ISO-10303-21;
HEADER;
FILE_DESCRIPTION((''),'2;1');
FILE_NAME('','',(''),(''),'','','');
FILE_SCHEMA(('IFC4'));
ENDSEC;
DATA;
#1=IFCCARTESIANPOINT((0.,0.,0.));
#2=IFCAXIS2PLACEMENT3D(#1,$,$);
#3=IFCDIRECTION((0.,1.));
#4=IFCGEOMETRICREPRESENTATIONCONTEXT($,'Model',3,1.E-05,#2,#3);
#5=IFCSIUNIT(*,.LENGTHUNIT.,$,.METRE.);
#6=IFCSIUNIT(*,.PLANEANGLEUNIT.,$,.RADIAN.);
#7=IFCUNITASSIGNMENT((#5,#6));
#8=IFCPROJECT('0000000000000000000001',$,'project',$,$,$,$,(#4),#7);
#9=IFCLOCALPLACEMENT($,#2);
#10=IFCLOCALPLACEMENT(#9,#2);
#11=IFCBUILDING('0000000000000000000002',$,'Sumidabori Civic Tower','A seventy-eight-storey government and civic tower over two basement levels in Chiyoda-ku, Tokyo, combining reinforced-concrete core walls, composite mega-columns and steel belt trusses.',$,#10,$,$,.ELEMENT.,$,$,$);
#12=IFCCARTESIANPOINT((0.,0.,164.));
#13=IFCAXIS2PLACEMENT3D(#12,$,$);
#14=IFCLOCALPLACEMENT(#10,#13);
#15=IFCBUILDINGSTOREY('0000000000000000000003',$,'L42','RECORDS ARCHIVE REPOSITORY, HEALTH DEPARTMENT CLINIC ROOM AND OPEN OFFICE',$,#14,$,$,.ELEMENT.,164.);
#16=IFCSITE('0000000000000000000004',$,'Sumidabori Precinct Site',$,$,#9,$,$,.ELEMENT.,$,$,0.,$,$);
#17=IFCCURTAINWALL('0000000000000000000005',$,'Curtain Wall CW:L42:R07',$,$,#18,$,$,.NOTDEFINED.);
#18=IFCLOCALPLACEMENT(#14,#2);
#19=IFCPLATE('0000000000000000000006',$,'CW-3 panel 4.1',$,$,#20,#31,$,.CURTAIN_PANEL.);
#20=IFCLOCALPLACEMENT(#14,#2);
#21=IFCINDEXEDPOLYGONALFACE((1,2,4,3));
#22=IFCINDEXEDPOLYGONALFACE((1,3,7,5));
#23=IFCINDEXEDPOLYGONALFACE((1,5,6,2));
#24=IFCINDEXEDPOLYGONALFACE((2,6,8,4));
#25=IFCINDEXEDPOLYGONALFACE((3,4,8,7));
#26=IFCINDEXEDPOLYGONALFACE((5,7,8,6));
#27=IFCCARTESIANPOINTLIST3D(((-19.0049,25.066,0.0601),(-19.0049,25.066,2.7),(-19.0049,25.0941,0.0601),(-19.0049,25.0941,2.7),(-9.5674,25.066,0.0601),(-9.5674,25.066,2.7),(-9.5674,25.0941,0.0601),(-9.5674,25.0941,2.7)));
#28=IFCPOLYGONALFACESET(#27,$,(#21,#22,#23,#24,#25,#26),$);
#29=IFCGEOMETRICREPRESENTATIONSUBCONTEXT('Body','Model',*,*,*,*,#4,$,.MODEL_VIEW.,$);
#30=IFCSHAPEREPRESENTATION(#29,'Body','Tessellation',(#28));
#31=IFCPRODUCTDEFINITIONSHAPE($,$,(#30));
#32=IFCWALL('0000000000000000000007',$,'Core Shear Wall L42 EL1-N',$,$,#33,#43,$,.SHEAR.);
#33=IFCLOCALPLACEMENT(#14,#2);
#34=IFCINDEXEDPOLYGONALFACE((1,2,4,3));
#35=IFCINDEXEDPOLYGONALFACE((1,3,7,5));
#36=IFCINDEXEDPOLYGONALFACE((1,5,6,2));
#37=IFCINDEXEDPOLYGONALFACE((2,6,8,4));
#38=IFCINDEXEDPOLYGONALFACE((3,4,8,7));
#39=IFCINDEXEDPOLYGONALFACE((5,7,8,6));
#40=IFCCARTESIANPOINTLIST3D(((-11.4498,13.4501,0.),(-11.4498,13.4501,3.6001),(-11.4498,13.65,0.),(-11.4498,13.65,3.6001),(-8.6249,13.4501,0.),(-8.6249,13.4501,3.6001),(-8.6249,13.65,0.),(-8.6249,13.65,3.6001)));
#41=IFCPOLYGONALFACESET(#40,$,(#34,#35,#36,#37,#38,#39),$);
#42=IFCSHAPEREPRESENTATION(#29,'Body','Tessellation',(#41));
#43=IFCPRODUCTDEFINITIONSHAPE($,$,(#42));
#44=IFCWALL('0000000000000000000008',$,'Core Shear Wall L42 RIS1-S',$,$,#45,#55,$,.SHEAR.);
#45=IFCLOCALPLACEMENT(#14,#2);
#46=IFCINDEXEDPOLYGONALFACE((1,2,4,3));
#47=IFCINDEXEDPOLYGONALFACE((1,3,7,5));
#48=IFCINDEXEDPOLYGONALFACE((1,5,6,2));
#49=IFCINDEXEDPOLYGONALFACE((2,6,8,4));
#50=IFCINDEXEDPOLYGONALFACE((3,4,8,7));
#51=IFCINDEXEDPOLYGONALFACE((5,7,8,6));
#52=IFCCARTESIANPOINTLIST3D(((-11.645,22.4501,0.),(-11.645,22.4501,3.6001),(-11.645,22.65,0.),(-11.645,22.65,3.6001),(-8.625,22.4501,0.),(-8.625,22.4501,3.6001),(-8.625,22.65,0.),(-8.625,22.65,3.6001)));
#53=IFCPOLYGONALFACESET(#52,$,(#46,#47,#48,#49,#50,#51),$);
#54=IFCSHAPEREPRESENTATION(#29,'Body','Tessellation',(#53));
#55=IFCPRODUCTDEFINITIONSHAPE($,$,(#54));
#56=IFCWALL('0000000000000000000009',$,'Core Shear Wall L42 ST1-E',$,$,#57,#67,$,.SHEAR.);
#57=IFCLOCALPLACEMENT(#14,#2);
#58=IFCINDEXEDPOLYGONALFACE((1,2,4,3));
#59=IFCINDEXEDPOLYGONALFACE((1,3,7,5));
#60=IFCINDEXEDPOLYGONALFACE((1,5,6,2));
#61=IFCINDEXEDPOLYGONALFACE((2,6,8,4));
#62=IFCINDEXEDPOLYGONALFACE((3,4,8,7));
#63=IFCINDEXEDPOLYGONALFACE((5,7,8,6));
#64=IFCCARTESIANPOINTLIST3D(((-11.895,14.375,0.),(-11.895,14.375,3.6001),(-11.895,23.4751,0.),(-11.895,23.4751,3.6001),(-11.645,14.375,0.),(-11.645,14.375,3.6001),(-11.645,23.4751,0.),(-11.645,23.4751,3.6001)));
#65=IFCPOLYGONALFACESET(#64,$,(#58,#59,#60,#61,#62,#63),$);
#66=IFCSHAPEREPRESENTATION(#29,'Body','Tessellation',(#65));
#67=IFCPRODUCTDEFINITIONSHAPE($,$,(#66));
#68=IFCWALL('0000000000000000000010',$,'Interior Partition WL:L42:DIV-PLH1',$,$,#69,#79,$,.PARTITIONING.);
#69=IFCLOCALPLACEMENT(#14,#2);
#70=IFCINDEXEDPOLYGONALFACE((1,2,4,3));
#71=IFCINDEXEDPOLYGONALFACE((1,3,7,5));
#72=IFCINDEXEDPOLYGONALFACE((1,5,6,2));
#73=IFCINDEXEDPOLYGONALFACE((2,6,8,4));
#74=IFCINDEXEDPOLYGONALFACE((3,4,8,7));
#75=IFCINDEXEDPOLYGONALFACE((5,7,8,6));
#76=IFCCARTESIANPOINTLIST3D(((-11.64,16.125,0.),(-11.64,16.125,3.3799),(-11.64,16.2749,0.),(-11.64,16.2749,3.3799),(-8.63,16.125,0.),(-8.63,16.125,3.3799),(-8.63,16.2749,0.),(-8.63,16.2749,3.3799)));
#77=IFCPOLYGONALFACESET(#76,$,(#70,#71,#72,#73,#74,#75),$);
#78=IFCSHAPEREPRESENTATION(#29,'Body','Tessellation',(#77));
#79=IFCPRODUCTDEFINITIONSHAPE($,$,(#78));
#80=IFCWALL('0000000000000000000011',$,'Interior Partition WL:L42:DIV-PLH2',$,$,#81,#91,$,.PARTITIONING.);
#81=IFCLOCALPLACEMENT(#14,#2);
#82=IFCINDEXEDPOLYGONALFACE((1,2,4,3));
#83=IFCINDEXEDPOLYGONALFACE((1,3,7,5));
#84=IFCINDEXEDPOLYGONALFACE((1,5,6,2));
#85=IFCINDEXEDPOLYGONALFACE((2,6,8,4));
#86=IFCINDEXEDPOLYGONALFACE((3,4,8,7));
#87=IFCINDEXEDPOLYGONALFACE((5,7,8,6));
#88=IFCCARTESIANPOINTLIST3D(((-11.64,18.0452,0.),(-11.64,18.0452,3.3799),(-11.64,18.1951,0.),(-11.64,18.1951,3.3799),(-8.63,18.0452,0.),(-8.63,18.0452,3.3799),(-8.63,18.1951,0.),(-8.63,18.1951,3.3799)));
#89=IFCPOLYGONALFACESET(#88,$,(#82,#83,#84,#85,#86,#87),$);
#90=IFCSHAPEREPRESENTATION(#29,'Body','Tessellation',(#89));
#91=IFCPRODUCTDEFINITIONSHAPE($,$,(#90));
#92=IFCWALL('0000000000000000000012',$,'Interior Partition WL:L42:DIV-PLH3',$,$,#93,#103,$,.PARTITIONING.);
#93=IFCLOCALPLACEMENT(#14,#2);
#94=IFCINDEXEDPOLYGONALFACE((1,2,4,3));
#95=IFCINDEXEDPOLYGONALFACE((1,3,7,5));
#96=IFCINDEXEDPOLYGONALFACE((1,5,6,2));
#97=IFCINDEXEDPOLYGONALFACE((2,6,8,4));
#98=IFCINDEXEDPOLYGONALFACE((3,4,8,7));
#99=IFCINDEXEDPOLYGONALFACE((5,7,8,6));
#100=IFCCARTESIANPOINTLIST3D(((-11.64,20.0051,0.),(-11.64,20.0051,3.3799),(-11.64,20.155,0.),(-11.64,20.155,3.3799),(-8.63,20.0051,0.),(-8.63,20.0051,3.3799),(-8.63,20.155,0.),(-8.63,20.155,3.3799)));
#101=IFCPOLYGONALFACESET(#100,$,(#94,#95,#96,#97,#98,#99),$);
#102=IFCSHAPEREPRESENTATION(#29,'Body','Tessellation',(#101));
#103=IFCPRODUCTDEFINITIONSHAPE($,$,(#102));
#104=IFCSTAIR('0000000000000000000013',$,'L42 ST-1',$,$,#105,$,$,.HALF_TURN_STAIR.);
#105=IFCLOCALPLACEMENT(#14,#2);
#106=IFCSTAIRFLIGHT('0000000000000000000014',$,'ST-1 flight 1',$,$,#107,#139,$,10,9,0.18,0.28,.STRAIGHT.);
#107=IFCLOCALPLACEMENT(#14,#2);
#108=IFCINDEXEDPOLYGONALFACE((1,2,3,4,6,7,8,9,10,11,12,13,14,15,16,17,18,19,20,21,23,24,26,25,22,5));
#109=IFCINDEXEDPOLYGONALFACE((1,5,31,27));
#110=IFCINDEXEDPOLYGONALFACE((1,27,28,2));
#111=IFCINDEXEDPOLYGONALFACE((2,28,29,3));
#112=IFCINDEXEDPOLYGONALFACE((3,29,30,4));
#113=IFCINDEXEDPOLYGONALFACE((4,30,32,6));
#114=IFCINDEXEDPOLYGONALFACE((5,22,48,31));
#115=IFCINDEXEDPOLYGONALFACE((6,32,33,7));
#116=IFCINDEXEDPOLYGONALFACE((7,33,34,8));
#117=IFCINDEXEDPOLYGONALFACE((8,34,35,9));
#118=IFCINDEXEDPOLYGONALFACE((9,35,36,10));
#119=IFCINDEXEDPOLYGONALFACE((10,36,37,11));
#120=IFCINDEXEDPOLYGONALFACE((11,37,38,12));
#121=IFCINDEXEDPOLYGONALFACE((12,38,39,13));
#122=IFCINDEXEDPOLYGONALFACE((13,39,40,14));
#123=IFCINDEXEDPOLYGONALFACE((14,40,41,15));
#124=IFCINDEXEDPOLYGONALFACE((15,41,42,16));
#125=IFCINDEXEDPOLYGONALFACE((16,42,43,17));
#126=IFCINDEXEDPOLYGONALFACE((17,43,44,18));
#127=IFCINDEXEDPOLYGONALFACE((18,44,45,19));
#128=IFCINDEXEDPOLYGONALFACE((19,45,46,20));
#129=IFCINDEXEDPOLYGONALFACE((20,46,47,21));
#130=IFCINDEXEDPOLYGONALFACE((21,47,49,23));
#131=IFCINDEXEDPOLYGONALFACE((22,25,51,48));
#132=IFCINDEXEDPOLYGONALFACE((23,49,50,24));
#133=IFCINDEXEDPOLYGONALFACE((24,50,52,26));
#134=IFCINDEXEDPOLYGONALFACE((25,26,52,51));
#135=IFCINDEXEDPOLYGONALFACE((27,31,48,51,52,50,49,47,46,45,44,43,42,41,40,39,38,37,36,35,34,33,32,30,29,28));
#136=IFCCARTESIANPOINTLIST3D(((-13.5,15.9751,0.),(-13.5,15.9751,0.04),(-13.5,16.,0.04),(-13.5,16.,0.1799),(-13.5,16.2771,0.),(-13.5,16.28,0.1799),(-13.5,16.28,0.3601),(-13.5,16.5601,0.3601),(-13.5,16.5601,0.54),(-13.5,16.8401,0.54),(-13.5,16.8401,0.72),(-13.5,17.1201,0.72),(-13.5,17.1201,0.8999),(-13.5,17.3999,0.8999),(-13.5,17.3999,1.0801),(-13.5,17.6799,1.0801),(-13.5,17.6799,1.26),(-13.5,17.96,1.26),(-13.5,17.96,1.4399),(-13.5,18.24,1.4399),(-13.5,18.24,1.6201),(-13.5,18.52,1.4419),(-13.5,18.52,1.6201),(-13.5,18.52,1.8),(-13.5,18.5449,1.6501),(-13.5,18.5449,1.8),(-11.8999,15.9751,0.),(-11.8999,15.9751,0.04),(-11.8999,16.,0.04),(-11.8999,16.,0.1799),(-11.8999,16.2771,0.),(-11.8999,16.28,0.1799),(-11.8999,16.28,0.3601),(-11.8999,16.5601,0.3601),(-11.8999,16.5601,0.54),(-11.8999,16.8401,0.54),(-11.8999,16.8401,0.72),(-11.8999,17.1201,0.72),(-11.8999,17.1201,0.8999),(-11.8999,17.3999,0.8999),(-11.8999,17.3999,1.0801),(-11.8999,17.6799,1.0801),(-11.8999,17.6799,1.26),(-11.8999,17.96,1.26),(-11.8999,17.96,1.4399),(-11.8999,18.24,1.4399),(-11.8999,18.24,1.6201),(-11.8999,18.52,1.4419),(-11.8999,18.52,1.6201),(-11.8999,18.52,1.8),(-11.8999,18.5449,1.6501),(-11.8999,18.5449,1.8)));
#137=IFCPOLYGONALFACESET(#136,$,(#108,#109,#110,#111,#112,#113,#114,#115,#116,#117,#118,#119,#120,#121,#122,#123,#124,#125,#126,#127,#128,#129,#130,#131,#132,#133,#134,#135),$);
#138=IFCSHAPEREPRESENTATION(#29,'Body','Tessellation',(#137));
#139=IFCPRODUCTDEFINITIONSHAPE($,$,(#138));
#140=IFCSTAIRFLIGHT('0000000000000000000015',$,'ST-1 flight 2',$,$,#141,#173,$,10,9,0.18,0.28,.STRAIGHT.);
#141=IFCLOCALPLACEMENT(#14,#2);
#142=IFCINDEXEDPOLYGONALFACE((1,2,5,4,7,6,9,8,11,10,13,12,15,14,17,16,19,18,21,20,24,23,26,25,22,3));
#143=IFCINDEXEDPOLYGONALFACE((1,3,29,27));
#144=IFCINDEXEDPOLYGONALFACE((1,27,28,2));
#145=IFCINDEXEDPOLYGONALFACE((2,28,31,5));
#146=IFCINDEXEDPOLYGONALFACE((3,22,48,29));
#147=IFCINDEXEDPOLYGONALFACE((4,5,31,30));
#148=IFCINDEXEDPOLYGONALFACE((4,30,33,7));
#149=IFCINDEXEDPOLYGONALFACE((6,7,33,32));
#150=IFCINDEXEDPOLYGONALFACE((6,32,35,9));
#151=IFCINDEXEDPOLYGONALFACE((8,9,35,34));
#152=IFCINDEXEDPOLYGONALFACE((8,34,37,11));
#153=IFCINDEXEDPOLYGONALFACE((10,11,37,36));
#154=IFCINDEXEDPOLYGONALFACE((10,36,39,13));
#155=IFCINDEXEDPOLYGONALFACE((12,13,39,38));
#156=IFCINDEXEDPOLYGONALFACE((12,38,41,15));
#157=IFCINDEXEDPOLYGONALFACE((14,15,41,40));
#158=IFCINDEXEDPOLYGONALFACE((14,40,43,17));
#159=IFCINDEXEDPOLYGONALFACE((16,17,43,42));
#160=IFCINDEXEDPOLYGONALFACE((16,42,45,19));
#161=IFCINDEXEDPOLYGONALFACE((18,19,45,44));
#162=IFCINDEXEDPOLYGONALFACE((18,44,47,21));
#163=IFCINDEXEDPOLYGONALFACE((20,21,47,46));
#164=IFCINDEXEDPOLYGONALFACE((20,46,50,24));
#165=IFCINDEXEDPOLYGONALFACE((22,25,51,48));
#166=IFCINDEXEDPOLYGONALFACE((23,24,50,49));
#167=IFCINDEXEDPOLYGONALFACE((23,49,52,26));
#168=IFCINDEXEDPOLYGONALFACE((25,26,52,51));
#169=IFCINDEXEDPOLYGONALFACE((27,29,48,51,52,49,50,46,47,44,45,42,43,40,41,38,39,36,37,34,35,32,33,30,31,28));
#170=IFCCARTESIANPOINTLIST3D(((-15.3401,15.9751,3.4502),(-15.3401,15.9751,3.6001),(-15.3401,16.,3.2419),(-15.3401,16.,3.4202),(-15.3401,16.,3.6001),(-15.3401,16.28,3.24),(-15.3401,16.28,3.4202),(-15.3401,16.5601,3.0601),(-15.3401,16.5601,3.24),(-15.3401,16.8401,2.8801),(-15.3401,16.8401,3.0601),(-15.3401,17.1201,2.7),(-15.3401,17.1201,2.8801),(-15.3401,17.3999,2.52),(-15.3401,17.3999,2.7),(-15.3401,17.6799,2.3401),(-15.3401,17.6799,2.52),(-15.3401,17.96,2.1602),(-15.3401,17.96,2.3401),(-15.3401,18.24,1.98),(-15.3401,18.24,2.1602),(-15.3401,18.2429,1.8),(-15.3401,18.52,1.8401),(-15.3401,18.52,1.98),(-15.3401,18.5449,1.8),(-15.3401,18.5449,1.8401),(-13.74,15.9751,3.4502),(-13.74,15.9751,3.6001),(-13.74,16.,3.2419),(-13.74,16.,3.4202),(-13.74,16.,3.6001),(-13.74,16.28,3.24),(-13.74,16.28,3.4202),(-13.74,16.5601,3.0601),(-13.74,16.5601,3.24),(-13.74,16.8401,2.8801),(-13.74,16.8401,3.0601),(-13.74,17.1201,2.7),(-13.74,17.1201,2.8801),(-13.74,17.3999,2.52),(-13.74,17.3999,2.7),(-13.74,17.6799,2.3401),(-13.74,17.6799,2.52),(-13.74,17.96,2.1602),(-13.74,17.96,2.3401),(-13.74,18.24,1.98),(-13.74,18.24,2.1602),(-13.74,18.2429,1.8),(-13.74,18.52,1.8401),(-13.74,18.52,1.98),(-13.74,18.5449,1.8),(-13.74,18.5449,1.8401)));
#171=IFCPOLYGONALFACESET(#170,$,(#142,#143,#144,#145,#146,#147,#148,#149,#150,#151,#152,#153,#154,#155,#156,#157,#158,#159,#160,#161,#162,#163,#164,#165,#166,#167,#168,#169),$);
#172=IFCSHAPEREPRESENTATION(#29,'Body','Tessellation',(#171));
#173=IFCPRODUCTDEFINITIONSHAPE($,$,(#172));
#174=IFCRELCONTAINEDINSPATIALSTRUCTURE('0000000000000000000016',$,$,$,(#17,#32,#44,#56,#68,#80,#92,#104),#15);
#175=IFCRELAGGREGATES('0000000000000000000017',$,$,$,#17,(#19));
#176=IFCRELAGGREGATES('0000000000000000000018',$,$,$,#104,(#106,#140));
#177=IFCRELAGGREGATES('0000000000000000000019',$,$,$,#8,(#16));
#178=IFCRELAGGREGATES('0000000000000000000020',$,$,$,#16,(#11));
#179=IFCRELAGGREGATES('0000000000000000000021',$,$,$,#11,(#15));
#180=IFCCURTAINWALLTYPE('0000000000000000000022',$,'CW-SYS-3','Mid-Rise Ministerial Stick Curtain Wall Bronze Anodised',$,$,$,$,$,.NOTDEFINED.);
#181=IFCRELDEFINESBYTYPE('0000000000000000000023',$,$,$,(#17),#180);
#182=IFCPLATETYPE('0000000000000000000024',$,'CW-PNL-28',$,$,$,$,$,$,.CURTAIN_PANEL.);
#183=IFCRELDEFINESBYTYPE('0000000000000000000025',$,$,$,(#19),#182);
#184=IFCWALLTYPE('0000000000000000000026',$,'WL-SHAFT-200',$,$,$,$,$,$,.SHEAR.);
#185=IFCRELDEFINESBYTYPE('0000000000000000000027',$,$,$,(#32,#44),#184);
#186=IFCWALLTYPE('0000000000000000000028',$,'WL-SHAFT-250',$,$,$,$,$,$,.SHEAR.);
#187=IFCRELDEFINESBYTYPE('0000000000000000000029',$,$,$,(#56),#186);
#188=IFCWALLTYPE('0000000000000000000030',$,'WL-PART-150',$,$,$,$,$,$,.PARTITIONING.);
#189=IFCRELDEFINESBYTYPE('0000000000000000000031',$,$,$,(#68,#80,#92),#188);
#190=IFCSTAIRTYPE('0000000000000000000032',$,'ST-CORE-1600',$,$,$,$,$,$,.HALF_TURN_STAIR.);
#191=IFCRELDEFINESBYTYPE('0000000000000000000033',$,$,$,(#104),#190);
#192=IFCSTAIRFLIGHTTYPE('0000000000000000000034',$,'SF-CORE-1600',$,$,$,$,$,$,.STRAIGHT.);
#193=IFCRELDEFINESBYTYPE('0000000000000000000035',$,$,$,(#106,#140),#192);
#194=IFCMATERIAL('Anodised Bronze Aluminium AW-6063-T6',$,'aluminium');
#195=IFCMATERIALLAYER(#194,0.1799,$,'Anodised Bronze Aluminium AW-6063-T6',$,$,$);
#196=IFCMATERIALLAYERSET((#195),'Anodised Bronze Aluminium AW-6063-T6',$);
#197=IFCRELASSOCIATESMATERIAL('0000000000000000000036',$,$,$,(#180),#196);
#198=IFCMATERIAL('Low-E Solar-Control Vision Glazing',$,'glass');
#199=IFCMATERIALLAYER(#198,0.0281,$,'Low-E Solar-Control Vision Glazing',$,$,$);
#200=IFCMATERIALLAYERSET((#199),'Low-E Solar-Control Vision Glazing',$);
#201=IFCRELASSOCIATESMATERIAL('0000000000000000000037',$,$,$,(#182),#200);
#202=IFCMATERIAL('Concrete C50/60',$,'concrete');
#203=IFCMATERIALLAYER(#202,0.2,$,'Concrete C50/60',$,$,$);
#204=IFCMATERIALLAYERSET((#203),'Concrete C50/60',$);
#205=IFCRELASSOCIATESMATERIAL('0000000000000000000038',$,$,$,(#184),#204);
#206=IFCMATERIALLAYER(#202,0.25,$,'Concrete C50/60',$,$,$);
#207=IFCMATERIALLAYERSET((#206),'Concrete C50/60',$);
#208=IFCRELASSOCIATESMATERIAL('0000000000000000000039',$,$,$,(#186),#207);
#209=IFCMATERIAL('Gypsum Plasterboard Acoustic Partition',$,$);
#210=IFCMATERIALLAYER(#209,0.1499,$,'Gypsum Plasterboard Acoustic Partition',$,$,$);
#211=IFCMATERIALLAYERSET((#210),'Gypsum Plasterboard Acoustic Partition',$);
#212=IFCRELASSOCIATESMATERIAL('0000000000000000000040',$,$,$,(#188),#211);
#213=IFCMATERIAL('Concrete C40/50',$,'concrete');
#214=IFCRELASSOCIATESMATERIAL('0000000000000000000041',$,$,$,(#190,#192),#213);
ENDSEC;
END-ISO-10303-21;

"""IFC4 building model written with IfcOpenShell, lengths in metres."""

from ifc_helpers import new_model, si_unit, direction, frame, frame_2d, origin, origin_2d, place, context, subcontext, project, spatial, polyline, rectangle, outline, extrude, source, transform, mapped, material, layer, layer_set, type_object, element, aggregate, save


model = new_model("IFC4")

# Units and contexts
model_context = context("Model", 3, precision=1e-05, world=origin(), true_north=direction((0.0, 1.0)))
body_context = subcontext(model_context, "Body", "Model", "MODEL_VIEW")
ifc_project = project(units=[si_unit("LENGTHUNIT", "METRE"), si_unit("PLANEANGLEUNIT", "RADIAN")], contexts=[model_context])

# Site, building, storey
site_placement = place(None, origin())
site = spatial("IfcSite", under=ifc_project, at=site_placement, Name="Sumidabori Precinct Site", CompositionType="ELEMENT", RefElevation=0.0)
building_placement = place(site_placement, origin())
building = spatial("IfcBuilding", under=site, at=building_placement, Name="Sumidabori Civic Tower", Description="A seventy-eight-storey government and civic tower over two basement levels in Chiyoda-ku, Tokyo, combining reinforced-concrete core walls, composite mega-columns and steel belt trusses.", CompositionType="ELEMENT")
storey_placement = place(building_placement, frame((0.0, 0.0, 164.0)))
storey = spatial("IfcBuildingStorey", under=building, at=storey_placement, Name="L42", Description="RECORDS ARCHIVE REPOSITORY, HEALTH DEPARTMENT CLINIC ROOM AND OPEN OFFICE", CompositionType="ELEMENT", Elevation=164.0)

# Curtain wall, plate
ifc_material_1 = material(Name="Anodised Bronze Aluminium AW-6063-T6", Category="aluminium")
ifc_layer_1 = layer(ifc_material_1, 0.1799, Name="Anodised Bronze Aluminium AW-6063-T6")
ifc_layer_set_1 = layer_set([ifc_layer_1], Name="Anodised Bronze Aluminium AW-6063-T6")
curtain_wall_type = type_object("IfcCurtainWallType", Name="CW-SYS-3", Description="Mid-Rise Ministerial Stick Curtain Wall Bronze Anodised", PredefinedType="NOTDEFINED", material=ifc_layer_set_1)
curtain_wall_placement = place(storey_placement, origin())
curtain_wall = element("IfcCurtainWall", 1, at=curtain_wall_placement, inside=storey, type_object=curtain_wall_type, Name="Curtain Wall CW:L42:R07", PredefinedType="NOTDEFINED")
ifc_material_2 = material(Name="Low-E Solar-Control Vision Glazing", Category="glass")
ifc_layer_2 = layer(ifc_material_2, 0.0281, Name="Low-E Solar-Control Vision Glazing")
ifc_layer_set_2 = layer_set([ifc_layer_2], Name="Low-E Solar-Control Vision Glazing")
plate_type = type_object("IfcPlateType", Name="CW-PNL-28", PredefinedType="CURTAIN_PANEL", material=ifc_layer_set_2)
shared_shape_1 = source(origin(), body_context, "Body", "SweptSolid", [
    extrude(rectangle(XDim=9.4375, YDim=0.0281, at=origin_2d()), origin(), (0.0, 0.0, 1.0), 2.6399),
])
plate_placement = place(storey_placement, frame((-14.2861, 25.0801, 0.0601), z_axis=(0.0, 0.0, 1.0), x_axis=(-1.0, 0.0, 0.0)))
plate = element("IfcPlate", 2, at=plate_placement, type_object=plate_type, Name="CW-3 panel 4.1", PredefinedType="CURTAIN_PANEL", context=body_context, shape_type="MappedRepresentation", body=[
    mapped(shared_shape_1, transform((0.0, 0.0, 0.0), x_axis=(1.0, 0.0, 0.0), y_axis=(0.0, 1.0, 0.0), z_axis=(0.0, 0.0, 1.0), scale=1.0)),
])
aggregate(curtain_wall, [plate])

# Walls
ifc_material_3 = material(Name="Concrete C50/60", Category="concrete")
ifc_layer_3 = layer(ifc_material_3, 0.2, Name="Concrete C50/60")
ifc_layer_set_3 = layer_set([ifc_layer_3], Name="Concrete C50/60")
wall_type_1 = type_object("IfcWallType", Name="WL-SHAFT-200", PredefinedType="SHEAR", material=ifc_layer_set_3)
shared_shape_2 = source(origin(), body_context, "Body", "SweptSolid", [
    extrude(rectangle(XDim=2.825, YDim=0.2, at=frame_2d((1.4126, 0.0))), origin(), (0.0, 0.0, 1.0), 3.6001),
])
wall_1_placement = place(storey_placement, frame((-11.45, 13.55, 0.0), z_axis=(0.0, 0.0, 1.0), x_axis=(1.0, 0.0, 0.0)))
element("IfcWall", 3, at=wall_1_placement, inside=storey, type_object=wall_type_1, Name="Core Shear Wall L42 EL1-N", PredefinedType="SHEAR", context=body_context, shape_type="MappedRepresentation", body=[
    mapped(shared_shape_2, transform((0.0, 0.0, 0.0), x_axis=(1.0, 0.0, 0.0), y_axis=(0.0, 1.0, 0.0), z_axis=(0.0, 0.0, 1.0), scale=1.0)),
])
shared_shape_3 = source(origin(), body_context, "Body", "SweptSolid", [
    extrude(rectangle(XDim=3.02, YDim=0.2, at=frame_2d((1.51, 0.0))), origin(), (0.0, 0.0, 1.0), 3.6001),
])
wall_2_placement = place(storey_placement, frame((-11.645, 22.55, 0.0), z_axis=(0.0, 0.0, 1.0), x_axis=(1.0, 0.0, 0.0)))
element("IfcWall", 4, at=wall_2_placement, inside=storey, type_object=wall_type_1, Name="Core Shear Wall L42 RIS1-S", PredefinedType="SHEAR", context=body_context, shape_type="MappedRepresentation", body=[
    mapped(shared_shape_3, transform((0.0, 0.0, 0.0), x_axis=(1.0, 0.0, 0.0), y_axis=(0.0, 1.0, 0.0), z_axis=(0.0, 0.0, 1.0), scale=1.0)),
])

# Shared definitions
ifc_layer_4 = layer(ifc_material_3, 0.25, Name="Concrete C50/60")
ifc_layer_set_4 = layer_set([ifc_layer_4], Name="Concrete C50/60")
wall_type_2 = type_object("IfcWallType", Name="WL-SHAFT-250", PredefinedType="SHEAR", material=ifc_layer_set_4)

# Wall
shared_shape_4 = source(origin(), body_context, "Body", "SweptSolid", [
    extrude(rectangle(XDim=9.1001, YDim=0.25, at=frame_2d((4.55, 0.0))), origin(), (0.0, 0.0, 1.0), 3.6001),
])
wall_3_placement = place(storey_placement, frame((-11.77, 14.375, 0.0), z_axis=(0.0, 0.0, 1.0), x_axis=(0.0, 1.0, 0.0)))
element("IfcWall", 5, at=wall_3_placement, inside=storey, type_object=wall_type_2, Name="Core Shear Wall L42 ST1-E", PredefinedType="SHEAR", context=body_context, shape_type="MappedRepresentation", body=[
    mapped(shared_shape_4, transform((0.0, 0.0, 0.0), x_axis=(1.0, 0.0, 0.0), y_axis=(0.0, 1.0, 0.0), z_axis=(0.0, 0.0, 1.0), scale=1.0)),
])

# Walls
ifc_material_4 = material(Name="Gypsum Plasterboard Acoustic Partition")
ifc_layer_5 = layer(ifc_material_4, 0.1499, Name="Gypsum Plasterboard Acoustic Partition")
ifc_layer_set_5 = layer_set([ifc_layer_5], Name="Gypsum Plasterboard Acoustic Partition")
wall_type_3 = type_object("IfcWallType", Name="WL-PART-150", PredefinedType="PARTITIONING", material=ifc_layer_set_5)
shared_shape_5 = source(origin(), body_context, "Body", "SweptSolid", [
    extrude(rectangle(XDim=3.01, YDim=0.1499, at=frame_2d((1.5049, 0.0))), origin(), (0.0, 0.0, 1.0), 3.3799),
])
for number, where, z_axis, x_axis, name in (
    (6, (-11.6399, 16.2, 0.0), (0.0, 0.0, 1.0), (1.0, 0.0, 0.0), "Interior Partition WL:L42:DIV-PLH1"),
    (7, (-11.6399, 18.1201, 0.0), (0.0, 0.0, 1.0), (1.0, 0.0, 0.0), "Interior Partition WL:L42:DIV-PLH2"),
    (8, (-11.6399, 20.0801, 0.0), (0.0, 0.0, 1.0), (1.0, 0.0, 0.0), "Interior Partition WL:L42:DIV-PLH3"),
):
    element("IfcWall", number, at=place(storey_placement, frame(where, z_axis=z_axis, x_axis=x_axis)), inside=storey, type_object=wall_type_3, Name=name, PredefinedType="PARTITIONING", context=body_context, shape_type="MappedRepresentation", body=[
        mapped(shared_shape_5, transform((0.0, 0.0, 0.0), x_axis=(1.0, 0.0, 0.0), y_axis=(0.0, 1.0, 0.0), z_axis=(0.0, 0.0, 1.0), scale=1.0)),
    ])

# Stair, stair flights
ifc_material_5 = material(Name="Concrete C40/50", Category="concrete")
stair_type = type_object("IfcStairType", Name="ST-CORE-1600", PredefinedType="HALF_TURN_STAIR", material=ifc_material_5)
stair_placement = place(storey_placement, origin())
stair = element("IfcStair", 9, at=stair_placement, inside=storey, type_object=stair_type, Name="L42 ST-1", PredefinedType="HALF_TURN_STAIR")
stair_flight_type = type_object("IfcStairFlightType", Name="SF-CORE-1600", PredefinedType="STRAIGHT", material=ifc_material_5)
shared_shape_6 = source(origin(), body_context, "Body", "SweptSolid", [
    extrude(outline(polyline([(-0.0249, 0.0), (-0.0249, 0.04), (0.0, 0.04), (0.0, 0.1799), (0.28, 0.1799), (0.28, 0.3601), (0.5601, 0.3601), (0.5601, 0.54), (0.8401, 0.54), (0.8401, 0.72), (1.1201, 0.72), (1.1201, 0.8999), (1.3999, 0.8999), (1.3999, 1.0801), (1.6799, 1.0801), (1.6799, 1.26), (1.96, 1.26), (1.96, 1.4399), (2.24, 1.4399), (2.24, 1.6201), (2.52, 1.6201), (2.52, 1.8), (2.5449, 1.8), (2.5449, 1.6501), (2.52, 1.4419), (0.2771, 0.0), (-0.0249, 0.0)])), frame((0.0, 0.8, 0.0), z_axis=(0.0, -1.0, 0.0), x_axis=(1.0, 0.0, 0.0)), (0.0, 0.0, 1.0), 1.6001),
])
stair_flight_1_placement = place(storey_placement, frame((-12.7, 16.0, 0.0), z_axis=(0.0, 0.0, 1.0), x_axis=(0.0, 1.0, 0.0)))
stair_flight_1 = element("IfcStairFlight", 10, at=stair_flight_1_placement, type_object=stair_flight_type, Name="ST-1 flight 1", NumberOfRisers=10, NumberOfTreads=9, PredefinedType="STRAIGHT", RiserHeight=0.18, TreadLength=0.28, context=body_context, shape_type="MappedRepresentation", body=[
    mapped(shared_shape_6, transform((0.0, 0.0, 0.0), x_axis=(1.0, 0.0, 0.0), y_axis=(0.0, 1.0, 0.0), z_axis=(0.0, 0.0, 1.0), scale=1.0)),
])
stair_flight_2_placement = place(storey_placement, frame((-14.54, 18.52, 1.8), z_axis=(0.0, 0.0, 1.0), x_axis=(0.0, -1.0, 0.0)))
stair_flight_2 = element("IfcStairFlight", 11, at=stair_flight_2_placement, type_object=stair_flight_type, Name="ST-1 flight 2", NumberOfRisers=10, NumberOfTreads=9, PredefinedType="STRAIGHT", RiserHeight=0.18, TreadLength=0.28, context=body_context, shape_type="MappedRepresentation", body=[
    mapped(shared_shape_6, transform((0.0, 0.0, 0.0), x_axis=(1.0, 0.0, 0.0), y_axis=(0.0, 1.0, 0.0), z_axis=(0.0, 0.0, 1.0), scale=1.0)),
])
aggregate(stair, [stair_flight_1, stair_flight_2])

save(model, "model.ifc")
